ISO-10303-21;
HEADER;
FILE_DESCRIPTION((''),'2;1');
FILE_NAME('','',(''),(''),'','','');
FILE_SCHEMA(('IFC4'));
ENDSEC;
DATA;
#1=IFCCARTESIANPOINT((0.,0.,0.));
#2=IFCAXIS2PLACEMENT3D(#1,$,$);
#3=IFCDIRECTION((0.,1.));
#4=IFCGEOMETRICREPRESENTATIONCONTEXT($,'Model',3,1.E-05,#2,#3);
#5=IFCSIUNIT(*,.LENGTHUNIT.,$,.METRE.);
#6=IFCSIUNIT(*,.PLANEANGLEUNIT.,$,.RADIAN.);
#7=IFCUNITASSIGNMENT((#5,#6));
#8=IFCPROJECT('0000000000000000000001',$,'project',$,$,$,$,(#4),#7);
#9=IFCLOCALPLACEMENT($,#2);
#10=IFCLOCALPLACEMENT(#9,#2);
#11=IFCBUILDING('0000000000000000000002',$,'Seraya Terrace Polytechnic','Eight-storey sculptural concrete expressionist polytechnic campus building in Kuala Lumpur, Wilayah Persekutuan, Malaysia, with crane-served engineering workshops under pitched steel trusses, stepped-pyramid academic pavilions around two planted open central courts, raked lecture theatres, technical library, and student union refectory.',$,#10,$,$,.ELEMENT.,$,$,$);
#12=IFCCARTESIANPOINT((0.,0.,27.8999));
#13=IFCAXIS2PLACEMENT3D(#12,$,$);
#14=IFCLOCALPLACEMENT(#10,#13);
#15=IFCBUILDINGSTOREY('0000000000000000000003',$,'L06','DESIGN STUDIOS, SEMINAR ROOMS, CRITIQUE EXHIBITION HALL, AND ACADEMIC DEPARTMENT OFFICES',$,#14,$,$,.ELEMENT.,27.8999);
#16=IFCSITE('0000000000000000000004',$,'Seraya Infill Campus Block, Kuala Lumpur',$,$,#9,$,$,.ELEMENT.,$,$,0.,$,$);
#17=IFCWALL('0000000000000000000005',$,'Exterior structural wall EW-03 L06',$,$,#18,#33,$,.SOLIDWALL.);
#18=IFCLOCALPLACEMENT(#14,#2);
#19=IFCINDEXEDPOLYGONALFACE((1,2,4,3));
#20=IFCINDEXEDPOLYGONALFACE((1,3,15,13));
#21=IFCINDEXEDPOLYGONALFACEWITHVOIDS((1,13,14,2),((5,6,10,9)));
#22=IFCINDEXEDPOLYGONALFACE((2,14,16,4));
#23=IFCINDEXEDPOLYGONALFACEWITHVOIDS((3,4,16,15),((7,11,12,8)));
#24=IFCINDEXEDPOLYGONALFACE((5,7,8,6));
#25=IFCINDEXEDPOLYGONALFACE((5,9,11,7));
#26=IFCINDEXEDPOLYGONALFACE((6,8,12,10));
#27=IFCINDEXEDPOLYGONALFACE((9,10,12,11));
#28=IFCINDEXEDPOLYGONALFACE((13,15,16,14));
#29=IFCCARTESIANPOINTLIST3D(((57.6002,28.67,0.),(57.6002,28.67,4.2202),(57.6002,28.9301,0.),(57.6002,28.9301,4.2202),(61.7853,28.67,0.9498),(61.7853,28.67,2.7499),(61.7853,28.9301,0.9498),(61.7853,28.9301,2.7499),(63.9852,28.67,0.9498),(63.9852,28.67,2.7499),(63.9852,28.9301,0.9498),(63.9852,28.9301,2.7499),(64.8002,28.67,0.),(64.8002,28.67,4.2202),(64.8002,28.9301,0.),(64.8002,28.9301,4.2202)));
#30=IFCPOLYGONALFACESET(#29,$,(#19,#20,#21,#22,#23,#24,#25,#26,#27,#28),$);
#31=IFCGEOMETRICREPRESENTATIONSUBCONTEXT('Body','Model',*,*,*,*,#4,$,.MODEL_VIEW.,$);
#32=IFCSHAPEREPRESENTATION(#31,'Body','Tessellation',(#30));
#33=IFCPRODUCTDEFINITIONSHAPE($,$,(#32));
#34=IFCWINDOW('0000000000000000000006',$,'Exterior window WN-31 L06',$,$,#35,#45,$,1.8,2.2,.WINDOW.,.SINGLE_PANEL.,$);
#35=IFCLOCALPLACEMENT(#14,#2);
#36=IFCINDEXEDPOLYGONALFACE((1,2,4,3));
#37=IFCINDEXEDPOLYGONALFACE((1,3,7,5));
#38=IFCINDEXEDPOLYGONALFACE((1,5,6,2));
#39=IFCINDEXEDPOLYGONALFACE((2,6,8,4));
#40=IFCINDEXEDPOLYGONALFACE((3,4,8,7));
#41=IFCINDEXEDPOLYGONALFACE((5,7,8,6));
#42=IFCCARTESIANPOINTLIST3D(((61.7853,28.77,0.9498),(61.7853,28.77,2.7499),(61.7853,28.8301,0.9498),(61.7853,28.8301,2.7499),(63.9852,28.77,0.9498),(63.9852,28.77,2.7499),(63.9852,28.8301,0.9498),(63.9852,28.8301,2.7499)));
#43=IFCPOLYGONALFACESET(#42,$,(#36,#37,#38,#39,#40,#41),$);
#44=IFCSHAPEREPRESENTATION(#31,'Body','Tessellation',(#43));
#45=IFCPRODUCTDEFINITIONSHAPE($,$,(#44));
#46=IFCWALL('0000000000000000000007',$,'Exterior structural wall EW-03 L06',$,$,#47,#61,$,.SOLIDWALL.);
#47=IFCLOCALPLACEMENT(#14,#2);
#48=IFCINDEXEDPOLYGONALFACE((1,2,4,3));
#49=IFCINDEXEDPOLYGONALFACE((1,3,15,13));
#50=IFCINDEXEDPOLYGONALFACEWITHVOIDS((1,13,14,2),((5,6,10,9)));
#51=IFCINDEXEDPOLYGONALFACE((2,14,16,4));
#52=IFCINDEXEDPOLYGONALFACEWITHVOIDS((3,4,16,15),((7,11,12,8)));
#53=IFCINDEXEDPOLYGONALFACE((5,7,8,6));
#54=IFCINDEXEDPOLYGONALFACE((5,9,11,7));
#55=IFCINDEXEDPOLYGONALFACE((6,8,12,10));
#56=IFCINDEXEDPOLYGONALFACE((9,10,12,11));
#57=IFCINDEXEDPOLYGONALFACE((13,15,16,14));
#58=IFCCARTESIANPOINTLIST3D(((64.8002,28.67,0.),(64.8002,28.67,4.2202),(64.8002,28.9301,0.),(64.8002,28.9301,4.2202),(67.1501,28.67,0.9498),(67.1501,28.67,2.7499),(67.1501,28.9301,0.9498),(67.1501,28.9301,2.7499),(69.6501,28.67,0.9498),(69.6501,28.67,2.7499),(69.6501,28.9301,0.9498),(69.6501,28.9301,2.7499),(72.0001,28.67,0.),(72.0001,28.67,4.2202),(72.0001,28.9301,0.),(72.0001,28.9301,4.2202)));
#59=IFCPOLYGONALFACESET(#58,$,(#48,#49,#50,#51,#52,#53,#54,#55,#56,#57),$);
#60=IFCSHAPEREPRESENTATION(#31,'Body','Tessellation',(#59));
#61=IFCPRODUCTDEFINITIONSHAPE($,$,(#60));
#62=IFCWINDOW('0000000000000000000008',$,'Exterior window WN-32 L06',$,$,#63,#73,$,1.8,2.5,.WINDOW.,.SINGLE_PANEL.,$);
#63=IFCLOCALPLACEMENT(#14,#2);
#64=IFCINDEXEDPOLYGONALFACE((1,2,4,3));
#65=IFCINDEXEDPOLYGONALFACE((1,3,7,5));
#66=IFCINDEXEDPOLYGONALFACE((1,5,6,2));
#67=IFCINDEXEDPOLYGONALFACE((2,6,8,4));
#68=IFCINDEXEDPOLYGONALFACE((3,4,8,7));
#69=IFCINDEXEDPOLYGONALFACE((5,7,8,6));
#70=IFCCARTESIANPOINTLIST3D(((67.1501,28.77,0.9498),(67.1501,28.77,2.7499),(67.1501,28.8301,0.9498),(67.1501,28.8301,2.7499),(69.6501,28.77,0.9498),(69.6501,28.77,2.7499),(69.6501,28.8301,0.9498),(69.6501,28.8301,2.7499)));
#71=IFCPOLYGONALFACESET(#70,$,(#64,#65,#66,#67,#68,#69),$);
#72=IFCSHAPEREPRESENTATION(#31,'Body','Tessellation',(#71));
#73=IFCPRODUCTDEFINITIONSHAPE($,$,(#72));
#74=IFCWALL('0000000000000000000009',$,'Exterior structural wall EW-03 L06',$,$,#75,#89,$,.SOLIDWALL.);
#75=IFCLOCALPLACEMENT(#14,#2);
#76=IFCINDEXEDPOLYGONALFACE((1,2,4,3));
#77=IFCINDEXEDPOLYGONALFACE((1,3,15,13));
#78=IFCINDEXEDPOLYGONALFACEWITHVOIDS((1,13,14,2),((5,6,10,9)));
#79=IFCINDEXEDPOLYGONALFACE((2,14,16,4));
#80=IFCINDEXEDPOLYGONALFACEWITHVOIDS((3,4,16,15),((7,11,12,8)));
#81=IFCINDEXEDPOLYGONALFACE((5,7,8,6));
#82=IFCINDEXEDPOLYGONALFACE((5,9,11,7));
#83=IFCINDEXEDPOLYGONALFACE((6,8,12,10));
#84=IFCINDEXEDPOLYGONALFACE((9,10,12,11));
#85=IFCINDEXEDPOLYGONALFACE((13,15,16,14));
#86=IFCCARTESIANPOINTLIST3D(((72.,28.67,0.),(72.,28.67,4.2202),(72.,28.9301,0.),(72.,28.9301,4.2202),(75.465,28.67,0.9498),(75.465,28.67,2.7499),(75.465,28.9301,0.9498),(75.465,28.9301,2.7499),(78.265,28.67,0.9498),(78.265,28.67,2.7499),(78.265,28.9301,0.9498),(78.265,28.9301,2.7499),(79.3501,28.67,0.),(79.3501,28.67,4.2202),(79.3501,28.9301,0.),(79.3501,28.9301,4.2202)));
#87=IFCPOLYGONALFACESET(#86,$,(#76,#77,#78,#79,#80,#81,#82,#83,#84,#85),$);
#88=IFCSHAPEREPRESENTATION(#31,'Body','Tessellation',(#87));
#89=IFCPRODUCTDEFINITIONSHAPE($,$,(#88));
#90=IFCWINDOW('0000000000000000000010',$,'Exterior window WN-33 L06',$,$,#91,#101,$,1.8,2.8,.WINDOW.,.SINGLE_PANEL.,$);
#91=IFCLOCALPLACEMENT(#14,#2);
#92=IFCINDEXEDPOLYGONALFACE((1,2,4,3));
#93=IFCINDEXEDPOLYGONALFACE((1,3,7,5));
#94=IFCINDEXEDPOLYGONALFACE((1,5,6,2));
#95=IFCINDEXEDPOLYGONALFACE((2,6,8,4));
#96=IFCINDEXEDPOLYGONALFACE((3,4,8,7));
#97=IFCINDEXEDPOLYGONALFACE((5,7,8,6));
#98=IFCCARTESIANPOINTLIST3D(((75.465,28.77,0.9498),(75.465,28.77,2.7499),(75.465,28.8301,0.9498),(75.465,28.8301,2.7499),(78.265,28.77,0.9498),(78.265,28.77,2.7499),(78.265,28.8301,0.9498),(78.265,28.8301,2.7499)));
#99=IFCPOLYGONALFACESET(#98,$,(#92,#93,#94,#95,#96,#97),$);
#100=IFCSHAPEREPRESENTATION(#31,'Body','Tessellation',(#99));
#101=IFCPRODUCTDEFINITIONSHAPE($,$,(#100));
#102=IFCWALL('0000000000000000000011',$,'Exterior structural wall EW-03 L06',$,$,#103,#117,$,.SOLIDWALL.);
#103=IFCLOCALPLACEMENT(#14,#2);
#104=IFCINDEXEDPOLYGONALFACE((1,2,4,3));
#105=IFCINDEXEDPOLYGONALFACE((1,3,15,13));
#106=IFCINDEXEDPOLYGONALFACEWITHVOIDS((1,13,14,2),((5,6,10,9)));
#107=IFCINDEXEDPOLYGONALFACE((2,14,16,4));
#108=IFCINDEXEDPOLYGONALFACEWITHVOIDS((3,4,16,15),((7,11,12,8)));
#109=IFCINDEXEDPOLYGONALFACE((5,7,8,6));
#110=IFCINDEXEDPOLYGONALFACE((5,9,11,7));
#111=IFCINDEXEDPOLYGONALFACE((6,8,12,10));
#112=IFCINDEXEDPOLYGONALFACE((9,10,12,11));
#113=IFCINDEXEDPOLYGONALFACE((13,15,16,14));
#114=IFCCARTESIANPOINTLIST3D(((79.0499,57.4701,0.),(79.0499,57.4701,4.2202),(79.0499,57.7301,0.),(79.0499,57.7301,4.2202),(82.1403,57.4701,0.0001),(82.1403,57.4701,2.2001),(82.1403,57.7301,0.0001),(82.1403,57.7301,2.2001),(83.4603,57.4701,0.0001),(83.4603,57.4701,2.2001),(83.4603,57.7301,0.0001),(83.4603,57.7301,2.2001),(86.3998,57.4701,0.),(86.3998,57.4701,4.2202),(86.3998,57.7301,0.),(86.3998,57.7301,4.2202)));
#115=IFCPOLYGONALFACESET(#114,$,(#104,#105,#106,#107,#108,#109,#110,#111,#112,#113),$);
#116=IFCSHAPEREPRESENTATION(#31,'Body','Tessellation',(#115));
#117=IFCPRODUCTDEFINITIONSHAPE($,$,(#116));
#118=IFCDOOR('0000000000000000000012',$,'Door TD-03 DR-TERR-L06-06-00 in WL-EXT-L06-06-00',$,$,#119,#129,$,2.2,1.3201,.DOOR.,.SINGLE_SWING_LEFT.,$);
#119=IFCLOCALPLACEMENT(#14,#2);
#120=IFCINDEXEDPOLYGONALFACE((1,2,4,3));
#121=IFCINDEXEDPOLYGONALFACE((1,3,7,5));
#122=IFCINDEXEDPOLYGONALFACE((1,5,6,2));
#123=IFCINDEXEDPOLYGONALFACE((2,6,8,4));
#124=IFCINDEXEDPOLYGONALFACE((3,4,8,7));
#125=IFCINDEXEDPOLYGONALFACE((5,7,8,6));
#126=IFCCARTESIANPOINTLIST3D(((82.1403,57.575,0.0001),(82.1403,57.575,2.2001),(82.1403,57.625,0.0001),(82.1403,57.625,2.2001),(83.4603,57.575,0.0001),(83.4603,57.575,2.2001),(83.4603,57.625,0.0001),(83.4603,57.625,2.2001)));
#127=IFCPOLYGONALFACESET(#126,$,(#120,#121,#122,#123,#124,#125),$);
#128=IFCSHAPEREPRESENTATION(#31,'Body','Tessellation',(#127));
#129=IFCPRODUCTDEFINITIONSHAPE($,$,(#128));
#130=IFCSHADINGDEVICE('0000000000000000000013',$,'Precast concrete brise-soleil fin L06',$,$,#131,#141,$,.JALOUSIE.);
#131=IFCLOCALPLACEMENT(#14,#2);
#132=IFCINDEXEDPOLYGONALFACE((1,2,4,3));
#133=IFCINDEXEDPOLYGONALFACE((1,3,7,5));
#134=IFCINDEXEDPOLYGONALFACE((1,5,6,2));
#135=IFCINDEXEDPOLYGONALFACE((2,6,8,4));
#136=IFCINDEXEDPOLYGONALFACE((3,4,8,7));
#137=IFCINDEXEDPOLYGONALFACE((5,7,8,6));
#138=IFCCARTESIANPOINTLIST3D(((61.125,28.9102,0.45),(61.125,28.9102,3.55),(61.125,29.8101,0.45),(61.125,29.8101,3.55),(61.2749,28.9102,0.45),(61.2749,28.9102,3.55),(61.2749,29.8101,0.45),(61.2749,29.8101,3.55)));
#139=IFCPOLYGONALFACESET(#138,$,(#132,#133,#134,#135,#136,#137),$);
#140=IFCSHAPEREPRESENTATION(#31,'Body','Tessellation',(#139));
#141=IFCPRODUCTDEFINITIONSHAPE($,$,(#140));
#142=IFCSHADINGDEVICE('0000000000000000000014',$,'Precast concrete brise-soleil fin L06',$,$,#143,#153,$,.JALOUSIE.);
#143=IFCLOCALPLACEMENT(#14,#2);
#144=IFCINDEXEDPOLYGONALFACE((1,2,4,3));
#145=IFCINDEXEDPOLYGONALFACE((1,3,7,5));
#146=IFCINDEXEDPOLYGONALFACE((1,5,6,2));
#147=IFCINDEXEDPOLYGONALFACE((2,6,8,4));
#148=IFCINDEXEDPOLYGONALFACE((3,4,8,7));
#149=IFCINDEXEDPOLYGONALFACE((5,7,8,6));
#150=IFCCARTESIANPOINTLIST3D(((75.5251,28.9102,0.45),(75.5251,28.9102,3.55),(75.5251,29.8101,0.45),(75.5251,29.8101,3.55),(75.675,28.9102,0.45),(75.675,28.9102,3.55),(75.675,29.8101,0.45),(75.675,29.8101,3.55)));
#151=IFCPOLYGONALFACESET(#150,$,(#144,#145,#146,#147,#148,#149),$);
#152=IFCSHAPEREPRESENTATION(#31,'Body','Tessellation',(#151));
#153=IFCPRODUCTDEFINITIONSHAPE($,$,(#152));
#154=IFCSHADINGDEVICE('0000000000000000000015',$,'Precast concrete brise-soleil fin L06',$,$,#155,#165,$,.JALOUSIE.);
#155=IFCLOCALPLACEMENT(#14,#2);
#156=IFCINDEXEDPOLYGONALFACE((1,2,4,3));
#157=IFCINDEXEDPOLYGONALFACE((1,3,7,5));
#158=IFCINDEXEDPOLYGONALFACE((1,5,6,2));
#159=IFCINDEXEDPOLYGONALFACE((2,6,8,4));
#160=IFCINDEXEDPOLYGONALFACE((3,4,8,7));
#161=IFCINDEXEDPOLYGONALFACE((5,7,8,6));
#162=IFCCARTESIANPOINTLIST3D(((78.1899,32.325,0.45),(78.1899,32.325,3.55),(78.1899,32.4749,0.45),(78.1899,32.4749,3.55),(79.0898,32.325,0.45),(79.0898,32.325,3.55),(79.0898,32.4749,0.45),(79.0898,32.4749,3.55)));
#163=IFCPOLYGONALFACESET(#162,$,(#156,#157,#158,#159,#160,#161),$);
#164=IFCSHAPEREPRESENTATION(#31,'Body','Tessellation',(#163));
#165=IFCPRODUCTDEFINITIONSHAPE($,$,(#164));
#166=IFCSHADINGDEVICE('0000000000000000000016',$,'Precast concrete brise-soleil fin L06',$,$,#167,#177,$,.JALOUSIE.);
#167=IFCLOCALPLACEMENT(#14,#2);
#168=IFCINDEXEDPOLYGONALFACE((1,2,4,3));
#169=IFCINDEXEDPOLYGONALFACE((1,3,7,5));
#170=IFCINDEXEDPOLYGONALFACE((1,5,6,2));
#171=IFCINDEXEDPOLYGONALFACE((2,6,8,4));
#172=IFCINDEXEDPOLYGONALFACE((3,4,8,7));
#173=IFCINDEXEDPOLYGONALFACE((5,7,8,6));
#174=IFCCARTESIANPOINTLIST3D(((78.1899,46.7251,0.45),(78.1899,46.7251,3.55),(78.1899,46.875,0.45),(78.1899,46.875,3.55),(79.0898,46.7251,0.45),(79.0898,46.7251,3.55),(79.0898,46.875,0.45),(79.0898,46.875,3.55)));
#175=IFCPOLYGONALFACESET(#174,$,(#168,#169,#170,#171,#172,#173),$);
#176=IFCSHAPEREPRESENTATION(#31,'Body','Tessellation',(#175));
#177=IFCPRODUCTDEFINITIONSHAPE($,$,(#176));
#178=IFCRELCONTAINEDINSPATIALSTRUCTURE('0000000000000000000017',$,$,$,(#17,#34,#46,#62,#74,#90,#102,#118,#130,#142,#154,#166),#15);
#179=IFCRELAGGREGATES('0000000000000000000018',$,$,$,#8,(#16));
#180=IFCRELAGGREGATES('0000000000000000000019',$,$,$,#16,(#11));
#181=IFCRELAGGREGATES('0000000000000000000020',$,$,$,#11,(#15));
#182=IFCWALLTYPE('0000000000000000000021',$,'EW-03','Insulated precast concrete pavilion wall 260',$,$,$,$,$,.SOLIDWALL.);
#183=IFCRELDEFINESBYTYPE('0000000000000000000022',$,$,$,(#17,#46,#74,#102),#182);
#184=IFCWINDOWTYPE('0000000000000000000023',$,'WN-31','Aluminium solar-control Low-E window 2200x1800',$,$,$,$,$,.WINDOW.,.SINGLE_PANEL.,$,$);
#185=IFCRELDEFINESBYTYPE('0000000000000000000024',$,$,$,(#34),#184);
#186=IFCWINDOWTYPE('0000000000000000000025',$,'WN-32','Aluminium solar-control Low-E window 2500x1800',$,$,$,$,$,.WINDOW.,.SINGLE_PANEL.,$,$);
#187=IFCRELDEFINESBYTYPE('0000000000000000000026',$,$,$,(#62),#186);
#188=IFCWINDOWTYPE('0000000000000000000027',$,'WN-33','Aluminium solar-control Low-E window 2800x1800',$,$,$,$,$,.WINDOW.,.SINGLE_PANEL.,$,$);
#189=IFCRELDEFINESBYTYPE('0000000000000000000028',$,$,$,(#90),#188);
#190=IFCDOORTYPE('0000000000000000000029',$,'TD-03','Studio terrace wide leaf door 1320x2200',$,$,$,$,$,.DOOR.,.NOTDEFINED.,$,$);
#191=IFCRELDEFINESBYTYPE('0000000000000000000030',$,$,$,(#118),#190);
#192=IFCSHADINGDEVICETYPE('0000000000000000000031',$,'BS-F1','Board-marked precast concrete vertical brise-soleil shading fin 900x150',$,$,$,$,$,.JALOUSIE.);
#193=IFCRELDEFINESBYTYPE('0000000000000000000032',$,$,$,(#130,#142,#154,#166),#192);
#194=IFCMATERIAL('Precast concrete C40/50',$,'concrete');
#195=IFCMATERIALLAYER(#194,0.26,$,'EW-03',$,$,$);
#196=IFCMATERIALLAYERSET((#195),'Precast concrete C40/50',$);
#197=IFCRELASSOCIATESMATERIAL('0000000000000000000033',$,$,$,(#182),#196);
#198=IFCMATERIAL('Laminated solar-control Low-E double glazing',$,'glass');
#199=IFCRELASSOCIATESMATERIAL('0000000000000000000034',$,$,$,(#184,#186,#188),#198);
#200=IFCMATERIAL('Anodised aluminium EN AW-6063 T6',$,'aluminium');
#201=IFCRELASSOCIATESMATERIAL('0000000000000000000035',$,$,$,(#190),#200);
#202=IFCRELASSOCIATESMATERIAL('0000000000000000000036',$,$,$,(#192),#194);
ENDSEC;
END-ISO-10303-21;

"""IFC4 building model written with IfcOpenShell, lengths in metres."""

from ifc_helpers import new_model, si_unit, direction, frame, frame_2d, origin, origin_2d, place, context, subcontext, project, spatial, rectangle, extrude, material, layer, layer_set, type_object, element, fill, save


model = new_model("IFC4")

# Units and contexts
model_context = context("Model", 3, precision=1e-05, world=origin(), true_north=direction((0.0, 1.0)))
body_context = subcontext(model_context, "Body", "Model", "MODEL_VIEW")
ifc_project = project(units=[si_unit("LENGTHUNIT", "METRE"), si_unit("PLANEANGLEUNIT", "RADIAN")], contexts=[model_context])

# Site, building, storey
site_placement = place(None, origin())
site = spatial("IfcSite", under=ifc_project, at=site_placement, Name="Seraya Infill Campus Block, Kuala Lumpur", CompositionType="ELEMENT", RefElevation=0.0)
building_placement = place(site_placement, origin())
building = spatial("IfcBuilding", under=site, at=building_placement, Name="Seraya Terrace Polytechnic", Description="Eight-storey sculptural concrete expressionist polytechnic campus building in Kuala Lumpur, Wilayah Persekutuan, Malaysia, with crane-served engineering workshops under pitched steel trusses, stepped-pyramid academic pavilions around two planted open central courts, raked lecture theatres, technical library, and student union refectory.", CompositionType="ELEMENT")
storey_placement = place(building_placement, frame((0.0, 0.0, 27.8999)))
storey = spatial("IfcBuildingStorey", under=building, at=storey_placement, Name="L06", Description="DESIGN STUDIOS, SEMINAR ROOMS, CRITIQUE EXHIBITION HALL, AND ACADEMIC DEPARTMENT OFFICES", CompositionType="ELEMENT", Elevation=27.8999)

# Walls, openings, windows
ifc_material_1 = material(Name="Precast concrete C40/50", Category="concrete")
ifc_layer = layer(ifc_material_1, 0.26, Name="EW-03")
ifc_layer_set = layer_set([ifc_layer], Name="Precast concrete C40/50")
wall_type = type_object("IfcWallType", Name="EW-03", Description="Insulated precast concrete pavilion wall 260", PredefinedType="SOLIDWALL", material=ifc_layer_set)
wall_1_placement = place(storey_placement, frame((57.6001, 28.8, 0.0), z_axis=(0.0, 0.0, 1.0), x_axis=(1.0, 0.0, 0.0)))
wall_1 = element("IfcWall", 1, at=wall_1_placement, inside=storey, type_object=wall_type, Name="Exterior structural wall EW-03 L06", PredefinedType="SOLIDWALL", context=body_context, shape_type="SweptSolid", body=[
    extrude(rectangle(XDim=7.2, YDim=0.26, at=frame_2d((3.6001, 0.0))), origin(), (0.0, 0.0, 1.0), 4.2202),
])
opening_1_placement = place(wall_1_placement, frame((4.1851, 0.0, 0.95)))
opening_1 = element("IfcOpeningElement", 2, at=opening_1_placement, cuts=wall_1, PredefinedType="OPENING", context=body_context, shape_type="SweptSolid", body=[
    extrude(rectangle(XDim=2.2, YDim=1.8, at=frame_2d((1.1001, 0.8999))), frame((0.0, 0.1421, 0.0), z_axis=(0.0, -1.0, 0.0), x_axis=(1.0, 0.0, 0.0)), (0.0, 0.0, 1.0), 0.2839),
])
ifc_material_2 = material(Name="Laminated solar-control Low-E double glazing", Category="glass")
window_type_1 = type_object("IfcWindowType", Name="WN-31", Description="Aluminium solar-control Low-E window 2200x1800", PartitioningType="SINGLE_PANEL", PredefinedType="WINDOW", material=ifc_material_2)
window_1_placement = place(opening_1_placement, origin())
window_1 = element("IfcWindow", 3, at=window_1_placement, inside=storey, type_object=window_type_1, Name="Exterior window WN-31 L06", OverallHeight=1.8, OverallWidth=2.2, PartitioningType="SINGLE_PANEL", PredefinedType="WINDOW", context=body_context, shape_type="SweptSolid", body=[
    extrude(rectangle(XDim=2.2, YDim=1.8, at=frame_2d((1.1001, 0.8999))), frame((0.0, 0.03, 0.0), z_axis=(0.0, -1.0, 0.0), x_axis=(1.0, 0.0, 0.0)), (0.0, 0.0, 1.0), 0.0601),
])
fill(opening_1, window_1)
wall_2_placement = place(storey_placement, frame((64.8, 28.8, 0.0), z_axis=(0.0, 0.0, 1.0), x_axis=(1.0, 0.0, 0.0)))
wall_2 = element("IfcWall", 4, at=wall_2_placement, inside=storey, type_object=wall_type, Name="Exterior structural wall EW-03 L06", PredefinedType="SOLIDWALL", context=body_context, shape_type="SweptSolid", body=[
    extrude(rectangle(XDim=7.2, YDim=0.26, at=frame_2d((3.6001, 0.0))), origin(), (0.0, 0.0, 1.0), 4.2202),
])
opening_2_placement = place(wall_2_placement, frame((2.3501, 0.0, 0.95)))
opening_2 = element("IfcOpeningElement", 5, at=opening_2_placement, cuts=wall_2, PredefinedType="OPENING", context=body_context, shape_type="SweptSolid", body=[
    extrude(rectangle(XDim=2.5, YDim=1.8, at=frame_2d((1.25, 0.8999))), frame((0.0, 0.1421, 0.0), z_axis=(0.0, -1.0, 0.0), x_axis=(1.0, 0.0, 0.0)), (0.0, 0.0, 1.0), 0.2839),
])
window_type_2 = type_object("IfcWindowType", Name="WN-32", Description="Aluminium solar-control Low-E window 2500x1800", PartitioningType="SINGLE_PANEL", PredefinedType="WINDOW", material=ifc_material_2)
window_2_placement = place(opening_2_placement, origin())
window_2 = element("IfcWindow", 6, at=window_2_placement, inside=storey, type_object=window_type_2, Name="Exterior window WN-32 L06", OverallHeight=1.8, OverallWidth=2.5, PartitioningType="SINGLE_PANEL", PredefinedType="WINDOW", context=body_context, shape_type="SweptSolid", body=[
    extrude(rectangle(XDim=2.5, YDim=1.8, at=frame_2d((1.25, 0.8999))), frame((0.0, 0.03, 0.0), z_axis=(0.0, -1.0, 0.0), x_axis=(1.0, 0.0, 0.0)), (0.0, 0.0, 1.0), 0.0601),
])
fill(opening_2, window_2)
wall_3_placement = place(storey_placement, frame((72.0, 28.8, 0.0), z_axis=(0.0, 0.0, 1.0), x_axis=(1.0, 0.0, 0.0)))
wall_3 = element("IfcWall", 7, at=wall_3_placement, inside=storey, type_object=wall_type, Name="Exterior structural wall EW-03 L06", PredefinedType="SOLIDWALL", context=body_context, shape_type="SweptSolid", body=[
    extrude(rectangle(XDim=7.3501, YDim=0.26, at=frame_2d((3.675, 0.0))), origin(), (0.0, 0.0, 1.0), 4.2202),
])
opening_3_placement = place(wall_3_placement, frame((3.4651, 0.0, 0.95)))
opening_3 = element("IfcOpeningElement", 8, at=opening_3_placement, cuts=wall_3, PredefinedType="OPENING", context=body_context, shape_type="SweptSolid", body=[
    extrude(rectangle(XDim=2.8, YDim=1.8, at=frame_2d((1.3999, 0.8999))), frame((0.0, 0.1421, 0.0), z_axis=(0.0, -1.0, 0.0), x_axis=(1.0, 0.0, 0.0)), (0.0, 0.0, 1.0), 0.2839),
])
window_type_3 = type_object("IfcWindowType", Name="WN-33", Description="Aluminium solar-control Low-E window 2800x1800", PartitioningType="SINGLE_PANEL", PredefinedType="WINDOW", material=ifc_material_2)
window_3_placement = place(opening_3_placement, origin())
window_3 = element("IfcWindow", 9, at=window_3_placement, inside=storey, type_object=window_type_3, Name="Exterior window WN-33 L06", OverallHeight=1.8, OverallWidth=2.8, PartitioningType="SINGLE_PANEL", PredefinedType="WINDOW", context=body_context, shape_type="SweptSolid", body=[
    extrude(rectangle(XDim=2.8, YDim=1.8, at=frame_2d((1.3999, 0.8999))), frame((0.0, 0.03, 0.0), z_axis=(0.0, -1.0, 0.0), x_axis=(1.0, 0.0, 0.0)), (0.0, 0.0, 1.0), 0.0601),
])
fill(opening_3, window_3)

# Wall, opening, door
wall_4_placement = place(storey_placement, frame((79.05, 57.6001, 0.0), z_axis=(0.0, 0.0, 1.0), x_axis=(1.0, 0.0, 0.0)))
wall_4 = element("IfcWall", 10, at=wall_4_placement, inside=storey, type_object=wall_type, Name="Exterior structural wall EW-03 L06", PredefinedType="SOLIDWALL", context=body_context, shape_type="SweptSolid", body=[
    extrude(rectangle(XDim=7.3499, YDim=0.26, at=frame_2d((3.6748, 0.0))), origin(), (0.0, 0.0, 1.0), 4.2202),
])
opening_4_placement = place(wall_4_placement, frame((3.0901, 0.0, 0.0)))
opening_4 = element("IfcOpeningElement", 11, at=opening_4_placement, cuts=wall_4, PredefinedType="OPENING", context=body_context, shape_type="SweptSolid", body=[
    extrude(rectangle(XDim=1.3201, YDim=2.2, at=frame_2d((0.6602, 1.1001))), frame((0.0, 0.1421, 0.0), z_axis=(0.0, -1.0, 0.0), x_axis=(1.0, 0.0, 0.0)), (0.0, 0.0, 1.0), 0.2839),
])
ifc_material_3 = material(Name="Anodised aluminium EN AW-6063 T6", Category="aluminium")
door_type = type_object("IfcDoorType", Name="TD-03", Description="Studio terrace wide leaf door 1320x2200", OperationType="NOTDEFINED", PredefinedType="DOOR", material=ifc_material_3)
door_placement = place(opening_4_placement, origin())
door = element("IfcDoor", 12, at=door_placement, inside=storey, type_object=door_type, Name="Door TD-03 DR-TERR-L06-06-00 in WL-EXT-L06-06-00", OperationType="SINGLE_SWING_LEFT", OverallHeight=2.2, OverallWidth=1.3201, PredefinedType="DOOR", context=body_context, shape_type="SweptSolid", body=[
    extrude(rectangle(XDim=1.3201, YDim=2.2, at=frame_2d((0.6602, 1.1001))), frame((0.0, 0.0249, 0.0), z_axis=(0.0, -1.0, 0.0), x_axis=(1.0, 0.0, 0.0)), (0.0, 0.0, 1.0), 0.05),
])
fill(opening_4, door)

# Shading devices
shading_device_type = type_object("IfcShadingDeviceType", Name="BS-F1", Description="Board-marked precast concrete vertical brise-soleil shading fin 900x150", PredefinedType="JALOUSIE", material=ifc_material_1)
for number, where, z_axis, x_axis, name in (
    (13, (61.2, 29.3601, 0.45), (0.0, 0.0, 1.0), (0.0, 1.0, 0.0), "Precast concrete brise-soleil fin L06"),
    (14, (75.6001, 29.3601, 0.45), (0.0, 0.0, 1.0), (0.0, 1.0, 0.0), "Precast concrete brise-soleil fin L06"),
    (15, (78.6399, 32.3999, 0.45), (0.0, 0.0, 1.0), (-1.0, 0.0, 0.0), "Precast concrete brise-soleil fin L06"),
    (16, (78.6399, 46.8, 0.45), (0.0, 0.0, 1.0), (-1.0, 0.0, 0.0), "Precast concrete brise-soleil fin L06"),
):
    element("IfcShadingDevice", number, at=place(storey_placement, frame(where, z_axis=z_axis, x_axis=x_axis)), inside=storey, type_object=shading_device_type, Name=name, PredefinedType="JALOUSIE", context=body_context, shape_type="SweptSolid", body=[
        extrude(rectangle(XDim=0.8999, YDim=0.1499, at=origin_2d()), origin(), (0.0, 0.0, 1.0), 3.1001),
    ])

save(model, "model.ifc")
